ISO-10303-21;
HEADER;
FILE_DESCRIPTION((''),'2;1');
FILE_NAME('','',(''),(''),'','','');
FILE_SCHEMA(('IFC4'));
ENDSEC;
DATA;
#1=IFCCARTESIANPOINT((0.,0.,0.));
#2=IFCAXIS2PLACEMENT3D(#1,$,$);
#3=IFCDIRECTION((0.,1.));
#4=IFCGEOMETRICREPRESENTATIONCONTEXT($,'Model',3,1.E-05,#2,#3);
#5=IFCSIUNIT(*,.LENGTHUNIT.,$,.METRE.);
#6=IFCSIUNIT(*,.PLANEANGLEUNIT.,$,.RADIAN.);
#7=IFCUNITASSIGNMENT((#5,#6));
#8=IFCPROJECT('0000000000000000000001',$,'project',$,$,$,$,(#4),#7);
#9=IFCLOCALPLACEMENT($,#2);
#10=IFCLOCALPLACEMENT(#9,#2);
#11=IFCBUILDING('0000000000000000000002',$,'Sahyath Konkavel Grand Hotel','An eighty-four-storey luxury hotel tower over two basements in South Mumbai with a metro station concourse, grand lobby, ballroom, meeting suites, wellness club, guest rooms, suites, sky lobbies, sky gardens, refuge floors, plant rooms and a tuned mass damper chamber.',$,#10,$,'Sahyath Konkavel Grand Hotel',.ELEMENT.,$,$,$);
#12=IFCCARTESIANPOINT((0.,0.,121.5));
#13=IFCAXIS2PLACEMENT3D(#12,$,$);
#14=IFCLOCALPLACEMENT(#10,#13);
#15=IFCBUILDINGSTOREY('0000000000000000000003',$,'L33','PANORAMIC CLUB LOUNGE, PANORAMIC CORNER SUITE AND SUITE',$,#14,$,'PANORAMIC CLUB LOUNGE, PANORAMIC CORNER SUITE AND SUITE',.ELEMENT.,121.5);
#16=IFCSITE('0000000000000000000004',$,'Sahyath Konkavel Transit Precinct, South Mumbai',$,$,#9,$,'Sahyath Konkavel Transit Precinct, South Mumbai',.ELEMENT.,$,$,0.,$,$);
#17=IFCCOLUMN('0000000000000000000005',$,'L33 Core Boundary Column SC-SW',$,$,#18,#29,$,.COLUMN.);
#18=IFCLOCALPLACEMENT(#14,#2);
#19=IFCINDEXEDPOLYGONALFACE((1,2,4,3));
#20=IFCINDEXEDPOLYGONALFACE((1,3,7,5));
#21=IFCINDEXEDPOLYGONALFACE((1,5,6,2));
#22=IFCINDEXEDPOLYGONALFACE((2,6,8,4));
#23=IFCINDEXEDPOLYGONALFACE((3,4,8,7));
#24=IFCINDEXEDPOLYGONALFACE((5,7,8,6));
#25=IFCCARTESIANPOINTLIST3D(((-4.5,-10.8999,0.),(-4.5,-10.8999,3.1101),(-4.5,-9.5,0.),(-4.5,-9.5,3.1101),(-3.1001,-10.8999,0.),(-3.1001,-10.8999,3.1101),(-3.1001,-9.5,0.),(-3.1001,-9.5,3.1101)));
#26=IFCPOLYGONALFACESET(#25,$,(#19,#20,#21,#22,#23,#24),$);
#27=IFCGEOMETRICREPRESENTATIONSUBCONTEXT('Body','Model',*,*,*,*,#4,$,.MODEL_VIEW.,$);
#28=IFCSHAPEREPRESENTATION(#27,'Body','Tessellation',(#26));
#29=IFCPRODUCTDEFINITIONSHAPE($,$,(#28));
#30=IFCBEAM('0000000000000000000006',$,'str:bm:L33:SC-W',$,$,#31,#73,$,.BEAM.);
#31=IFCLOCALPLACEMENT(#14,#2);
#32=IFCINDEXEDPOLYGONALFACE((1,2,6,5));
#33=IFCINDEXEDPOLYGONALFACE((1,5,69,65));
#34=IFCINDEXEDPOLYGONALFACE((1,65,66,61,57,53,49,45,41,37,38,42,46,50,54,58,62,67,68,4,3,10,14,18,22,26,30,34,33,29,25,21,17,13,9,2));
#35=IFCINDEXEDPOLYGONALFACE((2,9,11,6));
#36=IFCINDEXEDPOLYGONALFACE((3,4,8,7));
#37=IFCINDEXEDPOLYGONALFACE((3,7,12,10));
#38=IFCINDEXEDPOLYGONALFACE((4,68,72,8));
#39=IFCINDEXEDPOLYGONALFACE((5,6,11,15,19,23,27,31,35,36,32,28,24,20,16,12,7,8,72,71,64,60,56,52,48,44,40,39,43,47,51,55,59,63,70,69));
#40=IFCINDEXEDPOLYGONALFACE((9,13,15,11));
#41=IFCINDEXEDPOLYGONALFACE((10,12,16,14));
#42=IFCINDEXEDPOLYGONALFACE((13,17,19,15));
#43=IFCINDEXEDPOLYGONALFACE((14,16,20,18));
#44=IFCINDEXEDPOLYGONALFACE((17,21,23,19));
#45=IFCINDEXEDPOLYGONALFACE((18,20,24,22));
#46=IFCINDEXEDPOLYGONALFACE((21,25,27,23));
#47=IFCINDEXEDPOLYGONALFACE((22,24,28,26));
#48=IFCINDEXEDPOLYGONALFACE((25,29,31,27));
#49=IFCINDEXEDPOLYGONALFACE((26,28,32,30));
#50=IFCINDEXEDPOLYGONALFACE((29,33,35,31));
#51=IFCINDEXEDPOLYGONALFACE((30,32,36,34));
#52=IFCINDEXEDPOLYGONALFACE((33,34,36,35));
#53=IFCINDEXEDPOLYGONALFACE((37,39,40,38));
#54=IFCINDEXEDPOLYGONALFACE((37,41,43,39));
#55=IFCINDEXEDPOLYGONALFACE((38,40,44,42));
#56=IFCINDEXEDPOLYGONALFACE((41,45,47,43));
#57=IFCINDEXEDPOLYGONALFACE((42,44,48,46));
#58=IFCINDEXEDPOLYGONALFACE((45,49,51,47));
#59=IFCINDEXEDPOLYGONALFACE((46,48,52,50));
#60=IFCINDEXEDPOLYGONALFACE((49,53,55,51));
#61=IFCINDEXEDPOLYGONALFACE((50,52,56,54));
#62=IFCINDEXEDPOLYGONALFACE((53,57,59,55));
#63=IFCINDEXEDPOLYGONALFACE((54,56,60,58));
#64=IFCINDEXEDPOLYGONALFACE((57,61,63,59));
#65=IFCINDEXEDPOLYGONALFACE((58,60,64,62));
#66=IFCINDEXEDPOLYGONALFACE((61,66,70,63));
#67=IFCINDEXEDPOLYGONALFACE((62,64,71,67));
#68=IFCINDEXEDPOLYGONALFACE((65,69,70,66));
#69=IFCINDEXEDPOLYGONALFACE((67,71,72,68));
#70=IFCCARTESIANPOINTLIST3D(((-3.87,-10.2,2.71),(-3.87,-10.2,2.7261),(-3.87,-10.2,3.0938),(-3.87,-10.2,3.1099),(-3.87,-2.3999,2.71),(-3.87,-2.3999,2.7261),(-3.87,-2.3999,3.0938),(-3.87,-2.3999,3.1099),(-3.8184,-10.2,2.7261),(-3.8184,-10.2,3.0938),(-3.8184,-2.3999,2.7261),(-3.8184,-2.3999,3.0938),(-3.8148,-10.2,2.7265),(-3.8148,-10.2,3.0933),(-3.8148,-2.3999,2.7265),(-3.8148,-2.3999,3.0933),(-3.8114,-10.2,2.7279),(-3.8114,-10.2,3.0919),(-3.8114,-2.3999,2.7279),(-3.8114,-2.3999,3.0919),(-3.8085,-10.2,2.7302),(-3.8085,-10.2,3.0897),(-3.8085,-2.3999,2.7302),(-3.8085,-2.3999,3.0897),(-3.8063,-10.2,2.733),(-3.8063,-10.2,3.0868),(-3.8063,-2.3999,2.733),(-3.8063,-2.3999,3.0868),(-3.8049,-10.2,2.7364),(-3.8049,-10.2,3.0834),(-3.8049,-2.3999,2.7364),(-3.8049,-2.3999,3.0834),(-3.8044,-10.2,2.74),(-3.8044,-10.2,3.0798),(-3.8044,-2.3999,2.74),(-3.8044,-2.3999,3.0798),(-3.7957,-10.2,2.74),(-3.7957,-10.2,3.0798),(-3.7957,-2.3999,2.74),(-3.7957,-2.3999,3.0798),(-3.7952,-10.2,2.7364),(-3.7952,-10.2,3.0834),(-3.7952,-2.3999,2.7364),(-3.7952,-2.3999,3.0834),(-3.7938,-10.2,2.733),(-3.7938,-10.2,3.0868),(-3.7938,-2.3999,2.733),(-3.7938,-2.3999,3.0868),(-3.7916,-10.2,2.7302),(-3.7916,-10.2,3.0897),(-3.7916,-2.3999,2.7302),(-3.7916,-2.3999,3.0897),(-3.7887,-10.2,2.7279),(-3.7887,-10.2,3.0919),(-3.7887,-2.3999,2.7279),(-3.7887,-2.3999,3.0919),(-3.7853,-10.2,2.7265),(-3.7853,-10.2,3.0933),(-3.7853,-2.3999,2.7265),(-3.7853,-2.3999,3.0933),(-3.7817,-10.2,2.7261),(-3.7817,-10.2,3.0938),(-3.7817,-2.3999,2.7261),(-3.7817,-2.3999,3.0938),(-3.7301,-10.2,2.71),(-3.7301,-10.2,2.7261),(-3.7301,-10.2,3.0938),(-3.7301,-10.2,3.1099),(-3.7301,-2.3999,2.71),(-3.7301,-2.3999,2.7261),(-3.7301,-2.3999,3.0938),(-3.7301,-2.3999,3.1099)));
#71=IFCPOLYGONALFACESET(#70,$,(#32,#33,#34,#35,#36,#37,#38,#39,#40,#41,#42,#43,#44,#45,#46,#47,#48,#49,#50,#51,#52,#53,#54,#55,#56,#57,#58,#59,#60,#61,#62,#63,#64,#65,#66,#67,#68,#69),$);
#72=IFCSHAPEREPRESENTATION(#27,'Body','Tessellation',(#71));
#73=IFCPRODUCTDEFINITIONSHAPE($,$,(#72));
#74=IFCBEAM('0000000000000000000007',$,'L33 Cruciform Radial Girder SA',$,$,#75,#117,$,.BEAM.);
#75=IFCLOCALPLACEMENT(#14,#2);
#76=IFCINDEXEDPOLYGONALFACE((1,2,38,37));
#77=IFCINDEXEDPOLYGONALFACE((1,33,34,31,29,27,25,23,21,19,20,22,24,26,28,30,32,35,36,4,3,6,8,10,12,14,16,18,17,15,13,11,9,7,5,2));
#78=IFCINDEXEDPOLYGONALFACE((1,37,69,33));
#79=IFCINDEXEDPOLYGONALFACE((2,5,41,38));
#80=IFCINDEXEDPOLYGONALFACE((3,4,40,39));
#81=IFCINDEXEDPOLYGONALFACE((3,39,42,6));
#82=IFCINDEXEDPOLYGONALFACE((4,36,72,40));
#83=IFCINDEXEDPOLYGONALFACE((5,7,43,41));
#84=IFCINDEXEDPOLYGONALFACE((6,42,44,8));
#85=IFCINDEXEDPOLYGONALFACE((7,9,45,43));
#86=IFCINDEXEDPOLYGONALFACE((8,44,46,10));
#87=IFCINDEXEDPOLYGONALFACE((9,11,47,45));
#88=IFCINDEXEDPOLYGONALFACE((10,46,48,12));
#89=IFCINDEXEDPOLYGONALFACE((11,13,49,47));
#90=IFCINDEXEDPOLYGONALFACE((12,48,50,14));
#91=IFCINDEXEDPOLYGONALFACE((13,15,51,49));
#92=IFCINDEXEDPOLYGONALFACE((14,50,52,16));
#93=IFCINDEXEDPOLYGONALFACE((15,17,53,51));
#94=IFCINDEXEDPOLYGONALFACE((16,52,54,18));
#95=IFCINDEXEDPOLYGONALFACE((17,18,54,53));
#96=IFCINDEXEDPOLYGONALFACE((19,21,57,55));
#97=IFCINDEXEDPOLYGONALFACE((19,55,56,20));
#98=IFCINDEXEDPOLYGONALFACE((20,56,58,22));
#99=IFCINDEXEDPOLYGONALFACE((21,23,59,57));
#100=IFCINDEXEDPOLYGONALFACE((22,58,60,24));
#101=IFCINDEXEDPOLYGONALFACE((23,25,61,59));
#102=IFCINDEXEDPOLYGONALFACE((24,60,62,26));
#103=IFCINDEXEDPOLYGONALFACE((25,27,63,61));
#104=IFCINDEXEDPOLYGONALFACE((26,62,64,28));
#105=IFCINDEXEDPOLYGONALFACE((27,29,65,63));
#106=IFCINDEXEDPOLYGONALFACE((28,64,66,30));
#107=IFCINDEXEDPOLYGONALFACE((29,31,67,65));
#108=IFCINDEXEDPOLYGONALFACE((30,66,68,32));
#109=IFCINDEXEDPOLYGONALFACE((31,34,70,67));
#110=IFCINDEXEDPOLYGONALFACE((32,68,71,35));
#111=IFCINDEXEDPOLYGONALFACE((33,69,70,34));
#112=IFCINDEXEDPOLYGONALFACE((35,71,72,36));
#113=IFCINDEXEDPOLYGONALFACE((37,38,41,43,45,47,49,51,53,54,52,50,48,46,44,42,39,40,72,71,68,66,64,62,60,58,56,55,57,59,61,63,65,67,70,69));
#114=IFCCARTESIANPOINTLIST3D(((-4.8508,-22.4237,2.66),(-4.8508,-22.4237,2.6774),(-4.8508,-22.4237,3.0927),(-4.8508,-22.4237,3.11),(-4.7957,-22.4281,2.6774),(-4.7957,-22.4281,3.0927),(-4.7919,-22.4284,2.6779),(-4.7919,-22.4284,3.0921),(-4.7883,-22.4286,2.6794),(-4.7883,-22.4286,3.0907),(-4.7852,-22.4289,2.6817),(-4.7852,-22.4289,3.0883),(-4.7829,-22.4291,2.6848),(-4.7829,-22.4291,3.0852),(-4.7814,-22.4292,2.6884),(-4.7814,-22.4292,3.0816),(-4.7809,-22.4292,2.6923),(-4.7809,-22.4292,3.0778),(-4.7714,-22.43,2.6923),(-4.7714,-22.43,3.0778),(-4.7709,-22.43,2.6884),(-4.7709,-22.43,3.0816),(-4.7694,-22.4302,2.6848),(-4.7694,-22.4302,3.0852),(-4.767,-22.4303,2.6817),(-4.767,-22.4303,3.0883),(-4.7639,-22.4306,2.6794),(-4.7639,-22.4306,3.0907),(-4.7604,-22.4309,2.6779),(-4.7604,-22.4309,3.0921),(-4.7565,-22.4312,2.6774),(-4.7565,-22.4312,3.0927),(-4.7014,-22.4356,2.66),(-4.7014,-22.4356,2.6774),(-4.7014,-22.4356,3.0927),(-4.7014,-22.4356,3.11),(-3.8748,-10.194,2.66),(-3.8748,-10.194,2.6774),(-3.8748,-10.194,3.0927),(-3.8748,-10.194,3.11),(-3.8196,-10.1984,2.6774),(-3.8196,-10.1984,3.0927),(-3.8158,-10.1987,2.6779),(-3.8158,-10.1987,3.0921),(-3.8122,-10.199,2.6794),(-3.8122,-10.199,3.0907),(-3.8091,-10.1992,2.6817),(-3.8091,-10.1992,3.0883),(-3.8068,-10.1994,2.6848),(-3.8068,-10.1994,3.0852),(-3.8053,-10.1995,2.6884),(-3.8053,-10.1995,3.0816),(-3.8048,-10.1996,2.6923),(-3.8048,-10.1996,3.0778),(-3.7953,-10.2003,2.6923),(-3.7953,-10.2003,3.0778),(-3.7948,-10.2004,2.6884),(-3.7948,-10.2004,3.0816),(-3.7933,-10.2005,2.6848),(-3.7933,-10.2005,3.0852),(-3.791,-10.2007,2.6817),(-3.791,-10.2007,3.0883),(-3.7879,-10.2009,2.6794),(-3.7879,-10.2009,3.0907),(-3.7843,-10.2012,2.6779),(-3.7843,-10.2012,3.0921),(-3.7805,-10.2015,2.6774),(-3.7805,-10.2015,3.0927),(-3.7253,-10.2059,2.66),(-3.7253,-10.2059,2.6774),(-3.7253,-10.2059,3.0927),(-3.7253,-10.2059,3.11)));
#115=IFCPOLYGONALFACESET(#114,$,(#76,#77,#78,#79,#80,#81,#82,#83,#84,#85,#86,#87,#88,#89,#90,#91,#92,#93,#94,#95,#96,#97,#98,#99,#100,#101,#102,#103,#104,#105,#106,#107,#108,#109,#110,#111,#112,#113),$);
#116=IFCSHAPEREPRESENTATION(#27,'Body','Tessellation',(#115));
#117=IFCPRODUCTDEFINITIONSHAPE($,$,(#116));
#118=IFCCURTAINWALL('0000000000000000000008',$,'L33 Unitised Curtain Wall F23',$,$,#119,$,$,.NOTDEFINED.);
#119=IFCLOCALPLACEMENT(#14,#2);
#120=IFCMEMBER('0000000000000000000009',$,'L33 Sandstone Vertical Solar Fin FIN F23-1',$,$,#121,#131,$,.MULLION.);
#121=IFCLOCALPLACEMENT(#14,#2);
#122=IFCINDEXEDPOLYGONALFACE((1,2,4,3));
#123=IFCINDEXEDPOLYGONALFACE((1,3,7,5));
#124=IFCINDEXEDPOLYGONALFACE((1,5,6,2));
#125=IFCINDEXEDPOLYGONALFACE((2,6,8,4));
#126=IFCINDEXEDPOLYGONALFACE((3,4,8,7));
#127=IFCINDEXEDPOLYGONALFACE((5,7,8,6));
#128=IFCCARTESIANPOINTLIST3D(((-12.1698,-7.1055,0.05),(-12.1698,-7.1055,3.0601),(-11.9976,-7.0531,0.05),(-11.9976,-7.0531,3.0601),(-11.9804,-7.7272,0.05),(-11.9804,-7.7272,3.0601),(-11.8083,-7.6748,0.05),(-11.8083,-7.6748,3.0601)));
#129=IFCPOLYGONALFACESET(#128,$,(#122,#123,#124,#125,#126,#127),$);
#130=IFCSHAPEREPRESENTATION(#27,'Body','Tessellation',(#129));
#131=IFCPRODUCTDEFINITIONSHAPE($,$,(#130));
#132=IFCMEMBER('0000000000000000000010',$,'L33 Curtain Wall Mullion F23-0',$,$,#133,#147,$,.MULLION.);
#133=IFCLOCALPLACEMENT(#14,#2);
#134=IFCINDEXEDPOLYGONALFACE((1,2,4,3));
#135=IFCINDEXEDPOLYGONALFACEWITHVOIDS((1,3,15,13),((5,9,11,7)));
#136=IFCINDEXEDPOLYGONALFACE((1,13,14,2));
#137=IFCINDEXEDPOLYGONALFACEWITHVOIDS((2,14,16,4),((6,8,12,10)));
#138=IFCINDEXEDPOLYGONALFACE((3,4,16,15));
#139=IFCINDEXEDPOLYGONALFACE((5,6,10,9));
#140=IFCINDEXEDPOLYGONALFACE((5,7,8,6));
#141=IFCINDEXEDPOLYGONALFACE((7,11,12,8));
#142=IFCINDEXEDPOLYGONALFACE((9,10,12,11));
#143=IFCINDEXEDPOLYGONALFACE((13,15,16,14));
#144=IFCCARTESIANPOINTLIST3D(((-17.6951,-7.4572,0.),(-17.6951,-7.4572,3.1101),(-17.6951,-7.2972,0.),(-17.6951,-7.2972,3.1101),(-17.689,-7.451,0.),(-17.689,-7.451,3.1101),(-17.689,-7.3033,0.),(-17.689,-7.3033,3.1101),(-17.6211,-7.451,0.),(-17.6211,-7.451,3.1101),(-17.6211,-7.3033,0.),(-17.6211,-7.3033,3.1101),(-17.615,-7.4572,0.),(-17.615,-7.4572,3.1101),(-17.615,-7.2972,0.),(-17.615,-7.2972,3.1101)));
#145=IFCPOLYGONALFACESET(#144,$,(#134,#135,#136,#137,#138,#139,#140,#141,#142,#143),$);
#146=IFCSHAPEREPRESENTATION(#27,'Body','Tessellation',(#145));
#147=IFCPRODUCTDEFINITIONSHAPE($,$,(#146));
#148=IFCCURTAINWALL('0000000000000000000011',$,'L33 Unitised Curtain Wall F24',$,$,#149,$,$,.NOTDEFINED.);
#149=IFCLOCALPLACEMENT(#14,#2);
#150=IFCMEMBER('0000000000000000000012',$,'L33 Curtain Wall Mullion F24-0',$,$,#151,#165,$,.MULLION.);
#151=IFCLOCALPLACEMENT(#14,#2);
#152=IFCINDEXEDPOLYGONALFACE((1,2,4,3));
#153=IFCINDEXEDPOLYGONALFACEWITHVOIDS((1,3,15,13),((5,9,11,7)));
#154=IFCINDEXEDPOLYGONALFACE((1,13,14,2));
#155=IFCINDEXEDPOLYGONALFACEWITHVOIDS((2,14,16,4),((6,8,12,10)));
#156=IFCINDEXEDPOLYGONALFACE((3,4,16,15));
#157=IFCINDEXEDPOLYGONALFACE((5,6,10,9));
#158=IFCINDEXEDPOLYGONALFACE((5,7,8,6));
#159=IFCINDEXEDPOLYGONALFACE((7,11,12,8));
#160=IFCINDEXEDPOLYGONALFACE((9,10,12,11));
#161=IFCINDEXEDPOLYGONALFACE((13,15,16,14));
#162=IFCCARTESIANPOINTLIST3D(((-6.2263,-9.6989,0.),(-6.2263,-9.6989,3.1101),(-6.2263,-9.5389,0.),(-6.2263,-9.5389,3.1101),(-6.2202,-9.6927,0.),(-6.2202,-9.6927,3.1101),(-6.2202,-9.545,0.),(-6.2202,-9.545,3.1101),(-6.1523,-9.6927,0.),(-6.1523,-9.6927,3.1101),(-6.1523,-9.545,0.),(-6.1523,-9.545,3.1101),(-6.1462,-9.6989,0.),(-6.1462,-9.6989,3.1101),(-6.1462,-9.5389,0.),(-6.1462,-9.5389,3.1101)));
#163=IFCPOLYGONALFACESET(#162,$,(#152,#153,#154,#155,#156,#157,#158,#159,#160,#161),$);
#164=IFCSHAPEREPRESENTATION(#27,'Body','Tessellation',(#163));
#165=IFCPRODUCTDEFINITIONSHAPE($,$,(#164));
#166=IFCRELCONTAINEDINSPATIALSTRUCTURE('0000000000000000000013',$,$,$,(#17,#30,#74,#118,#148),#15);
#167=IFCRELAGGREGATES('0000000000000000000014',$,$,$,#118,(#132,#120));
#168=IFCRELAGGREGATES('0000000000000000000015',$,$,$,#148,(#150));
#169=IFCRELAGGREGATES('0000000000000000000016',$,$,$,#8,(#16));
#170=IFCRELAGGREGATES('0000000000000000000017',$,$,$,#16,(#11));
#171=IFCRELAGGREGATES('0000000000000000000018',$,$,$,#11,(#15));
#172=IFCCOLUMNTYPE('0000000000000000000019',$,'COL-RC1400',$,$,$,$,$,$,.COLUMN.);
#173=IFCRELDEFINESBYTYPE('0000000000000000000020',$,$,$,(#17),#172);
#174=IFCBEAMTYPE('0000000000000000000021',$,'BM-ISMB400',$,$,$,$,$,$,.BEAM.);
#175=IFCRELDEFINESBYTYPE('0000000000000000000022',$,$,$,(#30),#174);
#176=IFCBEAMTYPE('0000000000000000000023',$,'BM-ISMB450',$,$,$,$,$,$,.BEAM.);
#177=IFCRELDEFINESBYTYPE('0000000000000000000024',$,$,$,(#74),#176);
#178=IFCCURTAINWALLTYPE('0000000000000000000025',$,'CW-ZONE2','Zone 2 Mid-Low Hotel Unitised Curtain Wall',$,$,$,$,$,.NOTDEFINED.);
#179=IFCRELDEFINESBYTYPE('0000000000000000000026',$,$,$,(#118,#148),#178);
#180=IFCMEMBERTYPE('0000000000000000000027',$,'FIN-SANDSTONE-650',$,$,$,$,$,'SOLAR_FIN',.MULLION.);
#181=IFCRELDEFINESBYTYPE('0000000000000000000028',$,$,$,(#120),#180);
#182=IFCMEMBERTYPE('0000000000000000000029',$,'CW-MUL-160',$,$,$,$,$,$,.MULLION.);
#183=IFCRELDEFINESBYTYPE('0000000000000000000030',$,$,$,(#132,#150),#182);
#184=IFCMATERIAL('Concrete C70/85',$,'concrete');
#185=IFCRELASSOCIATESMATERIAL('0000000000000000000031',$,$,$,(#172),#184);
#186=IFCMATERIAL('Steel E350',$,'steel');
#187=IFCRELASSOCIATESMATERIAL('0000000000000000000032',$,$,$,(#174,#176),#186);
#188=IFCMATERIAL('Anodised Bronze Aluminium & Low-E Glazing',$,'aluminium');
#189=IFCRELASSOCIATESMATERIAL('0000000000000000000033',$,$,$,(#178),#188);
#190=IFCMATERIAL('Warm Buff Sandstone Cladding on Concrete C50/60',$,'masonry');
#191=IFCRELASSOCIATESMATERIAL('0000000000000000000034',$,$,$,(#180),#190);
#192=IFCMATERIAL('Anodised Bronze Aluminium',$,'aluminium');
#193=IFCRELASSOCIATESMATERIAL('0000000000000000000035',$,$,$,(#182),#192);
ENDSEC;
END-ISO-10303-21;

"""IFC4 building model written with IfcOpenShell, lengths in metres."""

from ifc_helpers import new_model, si_unit, direction, frame, origin, origin_2d, place, context, subcontext, project, spatial, rectangle, hollow_rectangle, i_section, extrude, source, transform, mapped, material, material_profile, profile_set, type_object, element, aggregate, save


model = new_model("IFC4")

# Units and contexts
model_context = context("Model", 3, precision=1e-05, world=origin(), true_north=direction((0.0, 1.0)))
body_context = subcontext(model_context, "Body", "Model", "MODEL_VIEW")
ifc_project = project(units=[si_unit("LENGTHUNIT", "METRE"), si_unit("PLANEANGLEUNIT", "RADIAN")], contexts=[model_context])

# Site, building, storey
site_placement = place(None, origin())
site = spatial("IfcSite", under=ifc_project, at=site_placement, Name="Sahyath Konkavel Transit Precinct, South Mumbai", LongName="Sahyath Konkavel Transit Precinct, South Mumbai", CompositionType="ELEMENT", RefElevation=0.0)
building_placement = place(site_placement, origin())
building = spatial("IfcBuilding", under=site, at=building_placement, Name="Sahyath Konkavel Grand Hotel", Description="An eighty-four-storey luxury hotel tower over two basements in South Mumbai with a metro station concourse, grand lobby, ballroom, meeting suites, wellness club, guest rooms, suites, sky lobbies, sky gardens, refuge floors, plant rooms and a tuned mass damper chamber.", LongName="Sahyath Konkavel Grand Hotel", CompositionType="ELEMENT")
storey_placement = place(building_placement, frame((0.0, 0.0, 121.5)))
storey = spatial("IfcBuildingStorey", under=building, at=storey_placement, Name="L33", Description="PANORAMIC CLUB LOUNGE, PANORAMIC CORNER SUITE AND SUITE", LongName="PANORAMIC CLUB LOUNGE, PANORAMIC CORNER SUITE AND SUITE", CompositionType="ELEMENT", Elevation=121.5)

# Column
ifc_material_1 = material(Name="Concrete C70/85", Category="concrete")
ifc_material_profile_1 = material_profile(ifc_material_1, rectangle(XDim=1.3999, YDim=1.3999, at=origin_2d()), Name="RC 1400x1400")
ifc_profile_set_1 = profile_set([ifc_material_profile_1], Name="Concrete C70/85")
column_type = type_object("IfcColumnType", Name="COL-RC1400", PredefinedType="COLUMN", material=ifc_profile_set_1)
shared_shape_1 = source(origin(), body_context, "Body", "SweptSolid", [
    extrude(rectangle(XDim=1.3999, YDim=1.3999, at=origin_2d()), origin(), (0.0, 0.0, 1.0), 3.1101),
])
column_placement = place(storey_placement, frame((-3.8, -10.2, 0.0), z_axis=(0.0, 0.0, 1.0), x_axis=(1.0, 0.0, 0.0)))
element("IfcColumn", 1, at=column_placement, inside=storey, type_object=column_type, Name="L33 Core Boundary Column SC-SW", PredefinedType="COLUMN", context=body_context, shape_type="MappedRepresentation", body=[
    mapped(shared_shape_1, transform((0.0, 0.0, 0.0), scale=1.0)),
])

# Beams
ifc_material_2 = material(Name="Steel E350", Category="steel")
ifc_material_profile_2 = material_profile(ifc_material_2, i_section(OverallWidth=0.1399, OverallDepth=0.3999, WebThickness=0.0088, FlangeThickness=0.0161, FilletRadius=0.0139, at=origin_2d()), Name="ISMB 400")
ifc_profile_set_2 = profile_set([ifc_material_profile_2], Name="Steel E350")
beam_type_1 = type_object("IfcBeamType", Name="BM-ISMB400", PredefinedType="BEAM", material=ifc_profile_set_2)
shared_shape_2 = source(origin(), body_context, "Body", "SweptSolid", [
    extrude(i_section(OverallWidth=0.1399, OverallDepth=0.3999, WebThickness=0.0088, FlangeThickness=0.0161, FilletRadius=0.0139, at=origin_2d()), origin(), (0.0, 0.0, 1.0), 7.8),
])
beam_1_placement = place(storey_placement, frame((-3.8, -10.2, 2.9099), z_axis=(0.0, 1.0, 0.0), x_axis=(-1.0, 0.0, 0.0)))
element("IfcBeam", 2, at=beam_1_placement, inside=storey, type_object=beam_type_1, Name="str:bm:L33:SC-W", PredefinedType="BEAM", context=body_context, shape_type="MappedRepresentation", body=[
    mapped(shared_shape_2, transform((0.0, 0.0, 0.0), scale=1.0)),
])
ifc_material_profile_3 = material_profile(ifc_material_2, i_section(OverallWidth=0.1499, OverallDepth=0.45, WebThickness=0.0095, FlangeThickness=0.0173, FilletRadius=0.0149, at=origin_2d()), Name="ISMB 450")
ifc_profile_set_3 = profile_set([ifc_material_profile_3], Name="Steel E350")
beam_type_2 = type_object("IfcBeamType", Name="BM-ISMB450", PredefinedType="BEAM", material=ifc_profile_set_3)
shared_shape_3 = source(origin(), body_context, "Body", "SweptSolid", [
    extrude(i_section(OverallWidth=0.1499, OverallDepth=0.45, WebThickness=0.0095, FlangeThickness=0.0173, FilletRadius=0.0149, at=origin_2d()), origin(), (0.0, 0.0, 1.0), 12.2686),
])
beam_2_placement = place(storey_placement, frame((-3.8, -10.2, 2.885), z_axis=(-0.079559, -0.99683, 0.0), x_axis=(0.99683, -0.079559, 0.0)))
element("IfcBeam", 3, at=beam_2_placement, inside=storey, type_object=beam_type_2, Name="L33 Cruciform Radial Girder SA", PredefinedType="BEAM", context=body_context, shape_type="MappedRepresentation", body=[
    mapped(shared_shape_3, transform((0.0, 0.0, 0.0), scale=1.0)),
])

# Curtain wall, members
ifc_material_3 = material(Name="Anodised Bronze Aluminium & Low-E Glazing", Category="aluminium")
curtain_wall_type = type_object("IfcCurtainWallType", Name="CW-ZONE2", Description="Zone 2 Mid-Low Hotel Unitised Curtain Wall", PredefinedType="NOTDEFINED", material=ifc_material_3)
curtain_wall_1_placement = place(storey_placement, origin())
curtain_wall_1 = element("IfcCurtainWall", 4, at=curtain_wall_1_placement, inside=storey, type_object=curtain_wall_type, Name="L33 Unitised Curtain Wall F23", PredefinedType="NOTDEFINED")
ifc_material_4 = material(Name="Warm Buff Sandstone Cladding on Concrete C50/60", Category="masonry")
ifc_material_profile_4 = material_profile(ifc_material_4, rectangle(XDim=0.1799, YDim=0.6499, at=origin_2d()), Name="FIN 180x650")
ifc_profile_set_4 = profile_set([ifc_material_profile_4], Name="Warm Buff Sandstone Cladding on Concrete C50/60")
member_type_1 = type_object("IfcMemberType", Name="FIN-SANDSTONE-650", ElementType="SOLAR_FIN", PredefinedType="MULLION", material=ifc_profile_set_4)
shared_shape_4 = source(origin(), body_context, "Body", "SweptSolid", [
    extrude(rectangle(XDim=0.1799, YDim=0.6499, at=origin_2d()), origin(), (0.0, 0.0, 1.0), 3.01),
])
member_1_placement = place(storey_placement, frame((-11.989, -7.3901, 0.05), z_axis=(0.0, 0.0, 1.0), x_axis=(0.95661, 0.29137, 0.0)))
member_1 = element("IfcMember", 5, at=member_1_placement, type_object=member_type_1, Name="L33 Sandstone Vertical Solar Fin FIN F23-1", PredefinedType="MULLION", context=body_context, shape_type="MappedRepresentation", body=[
    mapped(shared_shape_4, transform((0.0, 0.0, 0.0), scale=1.0)),
])
ifc_material_5 = material(Name="Anodised Bronze Aluminium", Category="aluminium")
ifc_material_profile_5 = material_profile(ifc_material_5, hollow_rectangle(XDim=0.0801, YDim=0.1599, WallThickness=0.0061, at=origin_2d()), Name="RHS 160x80x6")
ifc_profile_set_5 = profile_set([ifc_material_profile_5], Name="Anodised Bronze Aluminium")
member_type_2 = type_object("IfcMemberType", Name="CW-MUL-160", PredefinedType="MULLION", material=ifc_profile_set_5)
shared_shape_5 = source(origin(), body_context, "Body", "SweptSolid", [
    extrude(hollow_rectangle(XDim=0.0801, YDim=0.1599, WallThickness=0.0061, at=origin_2d()), origin(), (0.0, 0.0, 1.0), 3.1101),
])
member_2_placement = place(storey_placement, frame((-17.655, -7.3772, 0.0), z_axis=(0.0, 0.0, 1.0), x_axis=(1.0, 0.0, 0.0)))
member_2 = element("IfcMember", 6, at=member_2_placement, type_object=member_type_2, Name="L33 Curtain Wall Mullion F23-0", PredefinedType="MULLION", context=body_context, shape_type="MappedRepresentation", body=[
    mapped(shared_shape_5, transform((0.0, 0.0, 0.0), scale=1.0)),
])

# Curtain wall, member
curtain_wall_2_placement = place(storey_placement, origin())
curtain_wall_2 = element("IfcCurtainWall", 7, at=curtain_wall_2_placement, inside=storey, type_object=curtain_wall_type, Name="L33 Unitised Curtain Wall F24", PredefinedType="NOTDEFINED")
member_3_placement = place(storey_placement, frame((-6.1863, -9.6189, 0.0), z_axis=(0.0, 0.0, 1.0), x_axis=(1.0, 0.0, 0.0)))
member_3 = element("IfcMember", 8, at=member_3_placement, type_object=member_type_2, Name="L33 Curtain Wall Mullion F24-0", PredefinedType="MULLION", context=body_context, shape_type="MappedRepresentation", body=[
    mapped(shared_shape_5, transform((0.0, 0.0, 0.0), scale=1.0)),
])

aggregate(curtain_wall_1, [member_2, member_1])
aggregate(curtain_wall_2, [member_3])

save(model, "model.ifc")
